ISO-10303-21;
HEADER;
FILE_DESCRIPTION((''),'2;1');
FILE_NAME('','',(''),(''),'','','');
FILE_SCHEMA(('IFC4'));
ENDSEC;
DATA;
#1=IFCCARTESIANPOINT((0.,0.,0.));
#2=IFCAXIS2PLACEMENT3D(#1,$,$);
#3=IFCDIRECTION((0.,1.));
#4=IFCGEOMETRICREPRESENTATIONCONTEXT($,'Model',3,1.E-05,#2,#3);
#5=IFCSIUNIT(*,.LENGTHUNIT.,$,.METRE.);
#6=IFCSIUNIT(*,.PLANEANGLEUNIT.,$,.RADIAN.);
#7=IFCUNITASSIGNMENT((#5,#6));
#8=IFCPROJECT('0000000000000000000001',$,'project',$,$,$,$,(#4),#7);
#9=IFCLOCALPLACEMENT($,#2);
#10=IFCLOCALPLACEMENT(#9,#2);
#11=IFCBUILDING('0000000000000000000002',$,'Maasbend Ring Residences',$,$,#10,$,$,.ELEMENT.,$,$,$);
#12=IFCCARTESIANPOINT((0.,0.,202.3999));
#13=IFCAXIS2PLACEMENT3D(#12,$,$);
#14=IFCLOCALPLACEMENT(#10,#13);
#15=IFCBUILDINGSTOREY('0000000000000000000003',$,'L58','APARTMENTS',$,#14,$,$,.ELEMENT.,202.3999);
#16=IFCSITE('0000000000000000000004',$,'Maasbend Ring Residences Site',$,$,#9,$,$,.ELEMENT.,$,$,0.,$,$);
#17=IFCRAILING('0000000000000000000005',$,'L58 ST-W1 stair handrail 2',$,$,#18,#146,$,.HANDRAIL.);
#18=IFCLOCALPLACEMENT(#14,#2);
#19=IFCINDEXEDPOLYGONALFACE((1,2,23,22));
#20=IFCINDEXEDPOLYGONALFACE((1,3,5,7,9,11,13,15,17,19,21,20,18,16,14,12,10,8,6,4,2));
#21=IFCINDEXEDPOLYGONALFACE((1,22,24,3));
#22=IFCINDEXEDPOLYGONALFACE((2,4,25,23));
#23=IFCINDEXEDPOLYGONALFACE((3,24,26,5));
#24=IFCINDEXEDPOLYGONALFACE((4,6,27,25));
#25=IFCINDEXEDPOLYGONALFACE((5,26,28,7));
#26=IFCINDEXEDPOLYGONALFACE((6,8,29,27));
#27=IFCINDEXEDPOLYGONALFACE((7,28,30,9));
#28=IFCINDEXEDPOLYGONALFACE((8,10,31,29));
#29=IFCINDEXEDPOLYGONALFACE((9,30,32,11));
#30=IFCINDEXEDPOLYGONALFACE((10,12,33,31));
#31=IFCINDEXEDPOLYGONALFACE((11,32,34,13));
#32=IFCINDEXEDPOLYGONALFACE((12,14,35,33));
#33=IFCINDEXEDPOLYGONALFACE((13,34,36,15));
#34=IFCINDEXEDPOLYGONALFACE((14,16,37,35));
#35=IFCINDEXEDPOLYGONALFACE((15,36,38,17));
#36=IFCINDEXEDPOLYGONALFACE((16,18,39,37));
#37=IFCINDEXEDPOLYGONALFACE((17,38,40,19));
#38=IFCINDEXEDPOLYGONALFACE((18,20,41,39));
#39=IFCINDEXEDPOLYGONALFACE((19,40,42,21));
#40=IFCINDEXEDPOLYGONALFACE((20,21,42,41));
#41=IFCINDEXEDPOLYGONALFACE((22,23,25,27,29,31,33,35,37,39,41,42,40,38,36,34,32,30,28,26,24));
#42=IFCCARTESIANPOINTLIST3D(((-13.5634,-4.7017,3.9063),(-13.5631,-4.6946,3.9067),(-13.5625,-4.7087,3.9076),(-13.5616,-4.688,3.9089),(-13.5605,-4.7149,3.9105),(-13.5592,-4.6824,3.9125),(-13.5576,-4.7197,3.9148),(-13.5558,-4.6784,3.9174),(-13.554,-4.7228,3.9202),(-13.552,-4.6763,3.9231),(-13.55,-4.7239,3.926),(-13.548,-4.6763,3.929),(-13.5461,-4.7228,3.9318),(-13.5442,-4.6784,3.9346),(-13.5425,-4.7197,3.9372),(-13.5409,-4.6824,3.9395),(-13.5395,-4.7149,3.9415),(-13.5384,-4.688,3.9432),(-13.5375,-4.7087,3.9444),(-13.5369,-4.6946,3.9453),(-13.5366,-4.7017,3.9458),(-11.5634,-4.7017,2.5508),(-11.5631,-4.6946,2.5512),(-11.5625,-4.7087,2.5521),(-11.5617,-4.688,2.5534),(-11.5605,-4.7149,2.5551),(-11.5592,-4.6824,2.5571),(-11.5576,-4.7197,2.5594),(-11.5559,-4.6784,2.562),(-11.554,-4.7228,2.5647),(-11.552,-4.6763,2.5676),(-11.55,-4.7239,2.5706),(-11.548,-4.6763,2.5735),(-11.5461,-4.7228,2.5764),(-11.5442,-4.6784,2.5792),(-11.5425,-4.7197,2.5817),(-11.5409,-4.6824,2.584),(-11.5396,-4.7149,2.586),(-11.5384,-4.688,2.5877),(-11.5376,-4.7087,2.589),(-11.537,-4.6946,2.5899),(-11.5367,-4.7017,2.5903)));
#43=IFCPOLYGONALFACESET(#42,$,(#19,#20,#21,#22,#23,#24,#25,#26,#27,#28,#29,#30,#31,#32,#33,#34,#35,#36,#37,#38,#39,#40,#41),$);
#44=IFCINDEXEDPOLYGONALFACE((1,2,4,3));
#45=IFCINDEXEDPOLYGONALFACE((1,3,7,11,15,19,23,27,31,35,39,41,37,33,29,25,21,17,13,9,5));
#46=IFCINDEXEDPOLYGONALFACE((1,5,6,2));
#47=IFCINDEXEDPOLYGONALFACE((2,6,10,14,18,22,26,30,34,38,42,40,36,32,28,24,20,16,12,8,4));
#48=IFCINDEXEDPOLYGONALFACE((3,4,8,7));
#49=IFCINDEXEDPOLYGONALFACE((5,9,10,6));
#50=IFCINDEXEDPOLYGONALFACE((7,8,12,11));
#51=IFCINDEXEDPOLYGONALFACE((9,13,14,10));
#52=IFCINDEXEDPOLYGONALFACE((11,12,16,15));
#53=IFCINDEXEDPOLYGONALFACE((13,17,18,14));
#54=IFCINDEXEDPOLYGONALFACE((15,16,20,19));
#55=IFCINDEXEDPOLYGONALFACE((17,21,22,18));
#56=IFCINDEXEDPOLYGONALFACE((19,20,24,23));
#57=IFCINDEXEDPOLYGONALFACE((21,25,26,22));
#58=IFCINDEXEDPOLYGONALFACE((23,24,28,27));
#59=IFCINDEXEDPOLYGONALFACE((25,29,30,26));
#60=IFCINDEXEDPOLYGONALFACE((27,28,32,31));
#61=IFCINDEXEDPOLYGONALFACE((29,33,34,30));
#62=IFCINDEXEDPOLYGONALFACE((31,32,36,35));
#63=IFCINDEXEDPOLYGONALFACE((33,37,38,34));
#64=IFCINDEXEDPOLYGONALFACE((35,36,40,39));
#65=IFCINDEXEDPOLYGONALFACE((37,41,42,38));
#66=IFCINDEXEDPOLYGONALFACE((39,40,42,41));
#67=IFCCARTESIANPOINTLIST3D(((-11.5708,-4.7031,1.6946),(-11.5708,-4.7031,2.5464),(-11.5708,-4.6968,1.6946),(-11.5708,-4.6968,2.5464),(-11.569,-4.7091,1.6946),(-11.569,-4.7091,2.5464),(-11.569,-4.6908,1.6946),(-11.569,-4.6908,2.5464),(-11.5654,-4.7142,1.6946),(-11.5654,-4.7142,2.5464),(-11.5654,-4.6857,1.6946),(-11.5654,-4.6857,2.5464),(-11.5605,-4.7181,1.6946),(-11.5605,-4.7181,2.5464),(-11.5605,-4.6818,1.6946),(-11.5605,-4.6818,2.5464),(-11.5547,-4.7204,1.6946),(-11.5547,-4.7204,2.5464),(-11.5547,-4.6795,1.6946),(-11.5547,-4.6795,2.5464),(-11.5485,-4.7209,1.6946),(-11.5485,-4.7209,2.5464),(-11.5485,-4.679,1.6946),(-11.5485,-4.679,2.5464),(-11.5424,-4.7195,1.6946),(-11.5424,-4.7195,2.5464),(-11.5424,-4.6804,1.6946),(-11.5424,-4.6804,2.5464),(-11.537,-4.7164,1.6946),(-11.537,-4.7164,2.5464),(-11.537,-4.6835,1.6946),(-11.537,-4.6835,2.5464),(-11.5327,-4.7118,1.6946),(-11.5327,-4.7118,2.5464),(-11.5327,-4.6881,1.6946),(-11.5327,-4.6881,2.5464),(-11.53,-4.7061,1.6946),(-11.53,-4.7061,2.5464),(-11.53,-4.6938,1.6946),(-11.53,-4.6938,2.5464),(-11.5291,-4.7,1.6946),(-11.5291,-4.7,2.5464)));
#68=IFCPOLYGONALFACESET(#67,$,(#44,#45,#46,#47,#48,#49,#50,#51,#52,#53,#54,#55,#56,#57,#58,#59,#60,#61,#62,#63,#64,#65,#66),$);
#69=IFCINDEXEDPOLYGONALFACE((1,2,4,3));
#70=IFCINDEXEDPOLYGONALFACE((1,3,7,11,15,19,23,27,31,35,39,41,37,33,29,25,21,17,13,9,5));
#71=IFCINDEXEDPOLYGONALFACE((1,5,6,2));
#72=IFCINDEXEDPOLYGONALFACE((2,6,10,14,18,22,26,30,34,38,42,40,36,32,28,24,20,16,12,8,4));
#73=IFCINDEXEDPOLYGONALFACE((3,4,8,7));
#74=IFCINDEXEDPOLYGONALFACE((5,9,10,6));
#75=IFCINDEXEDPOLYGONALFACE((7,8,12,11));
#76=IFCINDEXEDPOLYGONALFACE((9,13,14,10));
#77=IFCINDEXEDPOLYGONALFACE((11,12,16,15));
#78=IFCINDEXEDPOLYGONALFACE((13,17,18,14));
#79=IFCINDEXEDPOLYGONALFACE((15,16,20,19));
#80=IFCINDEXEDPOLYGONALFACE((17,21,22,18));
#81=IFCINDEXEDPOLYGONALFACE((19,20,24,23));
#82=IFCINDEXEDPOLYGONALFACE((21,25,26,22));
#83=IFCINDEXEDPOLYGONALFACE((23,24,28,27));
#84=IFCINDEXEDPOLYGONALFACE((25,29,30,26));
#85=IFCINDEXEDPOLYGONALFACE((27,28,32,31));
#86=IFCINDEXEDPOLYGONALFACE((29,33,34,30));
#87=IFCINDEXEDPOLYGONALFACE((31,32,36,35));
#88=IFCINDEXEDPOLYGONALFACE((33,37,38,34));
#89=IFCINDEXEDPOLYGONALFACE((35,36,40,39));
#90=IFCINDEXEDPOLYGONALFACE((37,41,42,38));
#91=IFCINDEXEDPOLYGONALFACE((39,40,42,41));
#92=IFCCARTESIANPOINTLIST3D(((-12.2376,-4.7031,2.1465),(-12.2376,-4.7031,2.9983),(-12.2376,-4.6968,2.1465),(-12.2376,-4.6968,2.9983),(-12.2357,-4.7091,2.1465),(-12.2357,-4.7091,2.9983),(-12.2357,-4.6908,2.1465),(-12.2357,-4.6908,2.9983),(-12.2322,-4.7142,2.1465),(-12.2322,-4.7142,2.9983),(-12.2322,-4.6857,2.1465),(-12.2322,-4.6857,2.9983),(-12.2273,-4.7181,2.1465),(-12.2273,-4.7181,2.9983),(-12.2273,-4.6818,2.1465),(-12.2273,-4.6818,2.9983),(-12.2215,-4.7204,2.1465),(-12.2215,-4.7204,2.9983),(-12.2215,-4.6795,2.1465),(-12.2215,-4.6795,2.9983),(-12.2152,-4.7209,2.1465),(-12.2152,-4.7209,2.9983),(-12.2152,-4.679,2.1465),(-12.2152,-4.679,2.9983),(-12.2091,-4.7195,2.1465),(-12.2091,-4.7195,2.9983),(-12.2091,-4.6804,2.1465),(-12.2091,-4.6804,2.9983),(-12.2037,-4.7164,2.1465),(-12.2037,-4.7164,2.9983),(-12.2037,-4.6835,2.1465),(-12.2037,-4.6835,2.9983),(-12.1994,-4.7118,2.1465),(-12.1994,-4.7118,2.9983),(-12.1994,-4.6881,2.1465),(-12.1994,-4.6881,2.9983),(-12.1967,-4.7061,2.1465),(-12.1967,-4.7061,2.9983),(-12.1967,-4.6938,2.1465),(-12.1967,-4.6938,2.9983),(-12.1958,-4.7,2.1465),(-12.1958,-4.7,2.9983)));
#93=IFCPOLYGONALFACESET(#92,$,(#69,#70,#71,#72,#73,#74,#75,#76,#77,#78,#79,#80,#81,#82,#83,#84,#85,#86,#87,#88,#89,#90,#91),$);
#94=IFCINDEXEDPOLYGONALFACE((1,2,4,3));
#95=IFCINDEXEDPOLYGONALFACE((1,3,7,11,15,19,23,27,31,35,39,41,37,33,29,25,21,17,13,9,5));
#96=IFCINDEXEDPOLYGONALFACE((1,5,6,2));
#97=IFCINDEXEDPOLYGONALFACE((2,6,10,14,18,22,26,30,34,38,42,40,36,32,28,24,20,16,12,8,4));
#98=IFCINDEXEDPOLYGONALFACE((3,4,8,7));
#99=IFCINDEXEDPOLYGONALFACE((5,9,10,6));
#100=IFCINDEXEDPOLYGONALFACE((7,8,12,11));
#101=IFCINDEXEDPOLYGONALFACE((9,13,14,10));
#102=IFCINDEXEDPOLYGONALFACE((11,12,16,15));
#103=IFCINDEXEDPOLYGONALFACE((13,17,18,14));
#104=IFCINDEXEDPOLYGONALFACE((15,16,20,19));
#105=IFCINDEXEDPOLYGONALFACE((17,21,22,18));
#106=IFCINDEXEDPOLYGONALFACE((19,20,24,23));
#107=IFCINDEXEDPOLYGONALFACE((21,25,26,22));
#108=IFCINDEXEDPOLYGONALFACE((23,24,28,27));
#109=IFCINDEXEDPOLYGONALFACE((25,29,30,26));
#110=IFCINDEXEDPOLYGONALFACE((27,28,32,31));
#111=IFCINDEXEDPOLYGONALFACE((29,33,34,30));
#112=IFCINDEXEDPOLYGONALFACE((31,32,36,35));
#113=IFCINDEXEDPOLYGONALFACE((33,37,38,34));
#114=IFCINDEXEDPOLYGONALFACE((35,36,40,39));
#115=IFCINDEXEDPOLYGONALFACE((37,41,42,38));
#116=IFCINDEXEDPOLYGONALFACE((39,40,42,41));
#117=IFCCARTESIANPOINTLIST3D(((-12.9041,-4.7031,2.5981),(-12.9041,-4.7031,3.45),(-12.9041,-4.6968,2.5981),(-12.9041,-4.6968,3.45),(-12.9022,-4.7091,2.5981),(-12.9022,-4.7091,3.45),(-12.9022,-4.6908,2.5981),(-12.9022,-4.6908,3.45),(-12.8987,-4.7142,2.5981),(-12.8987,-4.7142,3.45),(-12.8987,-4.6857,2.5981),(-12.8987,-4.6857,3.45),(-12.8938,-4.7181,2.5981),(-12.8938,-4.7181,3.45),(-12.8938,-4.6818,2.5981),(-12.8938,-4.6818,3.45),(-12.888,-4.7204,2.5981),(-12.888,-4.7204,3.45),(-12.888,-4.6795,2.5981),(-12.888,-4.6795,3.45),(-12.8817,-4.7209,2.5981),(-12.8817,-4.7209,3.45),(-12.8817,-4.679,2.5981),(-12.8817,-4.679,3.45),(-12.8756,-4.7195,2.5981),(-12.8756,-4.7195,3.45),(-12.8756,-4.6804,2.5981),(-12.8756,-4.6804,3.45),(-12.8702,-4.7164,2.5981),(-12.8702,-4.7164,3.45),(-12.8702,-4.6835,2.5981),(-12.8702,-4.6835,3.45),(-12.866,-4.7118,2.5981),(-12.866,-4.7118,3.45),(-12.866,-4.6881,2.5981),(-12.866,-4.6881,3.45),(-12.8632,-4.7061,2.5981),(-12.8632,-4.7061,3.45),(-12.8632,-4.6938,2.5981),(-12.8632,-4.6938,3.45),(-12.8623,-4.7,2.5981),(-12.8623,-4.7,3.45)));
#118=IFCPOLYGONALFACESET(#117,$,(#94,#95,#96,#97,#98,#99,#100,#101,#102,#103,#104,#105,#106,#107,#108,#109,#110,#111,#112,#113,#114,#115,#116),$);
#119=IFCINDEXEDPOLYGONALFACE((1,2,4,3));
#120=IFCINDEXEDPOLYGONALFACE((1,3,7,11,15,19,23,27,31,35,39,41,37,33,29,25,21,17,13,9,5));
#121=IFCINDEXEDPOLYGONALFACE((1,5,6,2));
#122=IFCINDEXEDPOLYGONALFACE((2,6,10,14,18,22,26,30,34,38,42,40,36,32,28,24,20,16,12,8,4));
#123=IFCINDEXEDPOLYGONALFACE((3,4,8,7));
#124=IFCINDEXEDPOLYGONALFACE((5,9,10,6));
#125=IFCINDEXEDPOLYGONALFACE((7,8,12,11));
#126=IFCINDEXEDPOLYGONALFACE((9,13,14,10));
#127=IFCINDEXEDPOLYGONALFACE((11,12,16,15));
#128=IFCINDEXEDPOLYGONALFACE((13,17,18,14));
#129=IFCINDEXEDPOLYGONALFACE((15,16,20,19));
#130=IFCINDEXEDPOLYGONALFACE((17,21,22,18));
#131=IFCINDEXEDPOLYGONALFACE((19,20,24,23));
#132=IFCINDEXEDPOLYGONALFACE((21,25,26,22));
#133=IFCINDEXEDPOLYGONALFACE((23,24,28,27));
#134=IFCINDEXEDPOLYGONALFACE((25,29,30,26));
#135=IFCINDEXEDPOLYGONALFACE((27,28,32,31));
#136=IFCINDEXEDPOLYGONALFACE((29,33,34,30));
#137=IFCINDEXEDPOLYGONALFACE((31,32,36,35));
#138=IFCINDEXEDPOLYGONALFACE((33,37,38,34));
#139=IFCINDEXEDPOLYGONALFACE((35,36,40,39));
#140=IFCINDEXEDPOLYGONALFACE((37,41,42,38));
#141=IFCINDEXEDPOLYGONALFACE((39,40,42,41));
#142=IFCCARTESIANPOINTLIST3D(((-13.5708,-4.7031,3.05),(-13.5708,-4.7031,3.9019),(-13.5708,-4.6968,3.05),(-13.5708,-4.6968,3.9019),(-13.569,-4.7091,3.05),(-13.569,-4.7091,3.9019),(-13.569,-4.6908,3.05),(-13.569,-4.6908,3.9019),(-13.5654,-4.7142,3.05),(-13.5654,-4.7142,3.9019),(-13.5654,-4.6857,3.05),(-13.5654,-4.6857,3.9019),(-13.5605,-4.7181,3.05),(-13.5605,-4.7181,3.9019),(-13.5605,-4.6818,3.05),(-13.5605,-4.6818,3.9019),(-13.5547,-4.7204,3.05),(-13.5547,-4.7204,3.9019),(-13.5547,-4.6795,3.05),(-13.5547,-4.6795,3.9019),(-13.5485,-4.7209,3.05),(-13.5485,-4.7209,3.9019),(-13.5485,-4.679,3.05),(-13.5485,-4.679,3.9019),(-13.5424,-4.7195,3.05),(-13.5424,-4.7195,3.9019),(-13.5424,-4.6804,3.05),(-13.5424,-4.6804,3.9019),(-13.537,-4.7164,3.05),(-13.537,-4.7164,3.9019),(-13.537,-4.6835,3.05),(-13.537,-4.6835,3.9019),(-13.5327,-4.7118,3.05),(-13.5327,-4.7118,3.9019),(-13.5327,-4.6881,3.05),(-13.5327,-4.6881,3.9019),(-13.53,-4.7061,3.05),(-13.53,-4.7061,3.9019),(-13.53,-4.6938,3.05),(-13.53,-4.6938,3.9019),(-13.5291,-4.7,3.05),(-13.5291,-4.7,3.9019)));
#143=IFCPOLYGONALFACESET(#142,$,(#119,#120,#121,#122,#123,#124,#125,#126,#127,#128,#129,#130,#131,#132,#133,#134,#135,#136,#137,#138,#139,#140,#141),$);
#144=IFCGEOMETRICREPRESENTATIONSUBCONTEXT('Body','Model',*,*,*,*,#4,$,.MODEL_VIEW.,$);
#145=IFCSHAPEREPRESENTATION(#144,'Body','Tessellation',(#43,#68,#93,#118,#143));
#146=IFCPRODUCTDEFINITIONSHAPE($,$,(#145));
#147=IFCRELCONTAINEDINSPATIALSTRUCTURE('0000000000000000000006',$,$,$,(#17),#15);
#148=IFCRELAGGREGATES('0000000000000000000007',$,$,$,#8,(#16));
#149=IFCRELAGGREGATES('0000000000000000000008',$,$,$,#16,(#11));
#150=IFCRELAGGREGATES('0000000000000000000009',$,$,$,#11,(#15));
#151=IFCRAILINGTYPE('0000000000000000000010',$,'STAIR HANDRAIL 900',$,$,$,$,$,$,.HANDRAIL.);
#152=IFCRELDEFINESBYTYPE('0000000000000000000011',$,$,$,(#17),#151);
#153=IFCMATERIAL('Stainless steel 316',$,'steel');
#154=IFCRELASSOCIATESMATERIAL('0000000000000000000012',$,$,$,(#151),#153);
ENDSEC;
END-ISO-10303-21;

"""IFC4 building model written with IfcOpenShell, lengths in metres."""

from ifc_helpers import new_model, si_unit, direction, frame, origin, origin_2d, place, context, subcontext, project, spatial, circle, extrude, material, type_object, element, save


model = new_model("IFC4")

# Units and contexts
model_context = context("Model", 3, precision=1e-05, world=origin(), true_north=direction((0.0, 1.0)))
body_context = subcontext(model_context, "Body", "Model", "MODEL_VIEW")
ifc_project = project(units=[si_unit("LENGTHUNIT", "METRE"), si_unit("PLANEANGLEUNIT", "RADIAN")], contexts=[model_context])

# Site, building, storey
site_placement = place(None, origin())
site = spatial("IfcSite", under=ifc_project, at=site_placement, Name="Maasbend Ring Residences Site", CompositionType="ELEMENT", RefElevation=0.0)
building_placement = place(site_placement, origin())
building = spatial("IfcBuilding", under=site, at=building_placement, Name="Maasbend Ring Residences", CompositionType="ELEMENT")
storey_placement = place(building_placement, frame((0.0, 0.0, 202.3999)))
storey = spatial("IfcBuildingStorey", under=building, at=storey_placement, Name="L58", Description="APARTMENTS", CompositionType="ELEMENT", Elevation=202.3999)

# Railing
ifc_material_1 = material(Name="Stainless steel 316", Category="steel")
railing_type_1 = type_object("IfcRailingType", Name="STAIR HANDRAIL 900", PredefinedType="HANDRAIL", material=ifc_material_1)
railing_1_placement = place(storey_placement, frame((-11.55, -4.7, 1.6946)))
element("IfcRailing", 1, at=railing_1_placement, inside=storey, type_object=railing_type_1, Name="L58 ST-W1 stair handrail 2", PredefinedType="HANDRAIL", context=body_context, shape_type="SweptSolid", body=[
    extrude(circle(Radius=0.0239, at=origin_2d()), frame((0.0, 0.0, 0.876), z_axis=(-0.827798, 0.0, 0.561027), x_axis=(0.0, -1.0, 0.0)), (0.0, 0.0, 1.0), 2.416),
    extrude(circle(Radius=0.021, at=origin_2d()), origin(), (0.0, 0.0, 1.0), 0.8518),
    extrude(circle(Radius=0.021, at=origin_2d()), frame((-0.6667, 0.0, 0.4519)), (0.0, 0.0, 1.0), 0.8518),
    extrude(circle(Radius=0.021, at=origin_2d()), frame((-1.3333, 0.0, 0.9036)), (0.0, 0.0, 1.0), 0.8518),
    extrude(circle(Radius=0.021, at=origin_2d()), frame((-2.0, 0.0, 1.3555)), (0.0, 0.0, 1.0), 0.8518),
])

save(model, "model.ifc")
